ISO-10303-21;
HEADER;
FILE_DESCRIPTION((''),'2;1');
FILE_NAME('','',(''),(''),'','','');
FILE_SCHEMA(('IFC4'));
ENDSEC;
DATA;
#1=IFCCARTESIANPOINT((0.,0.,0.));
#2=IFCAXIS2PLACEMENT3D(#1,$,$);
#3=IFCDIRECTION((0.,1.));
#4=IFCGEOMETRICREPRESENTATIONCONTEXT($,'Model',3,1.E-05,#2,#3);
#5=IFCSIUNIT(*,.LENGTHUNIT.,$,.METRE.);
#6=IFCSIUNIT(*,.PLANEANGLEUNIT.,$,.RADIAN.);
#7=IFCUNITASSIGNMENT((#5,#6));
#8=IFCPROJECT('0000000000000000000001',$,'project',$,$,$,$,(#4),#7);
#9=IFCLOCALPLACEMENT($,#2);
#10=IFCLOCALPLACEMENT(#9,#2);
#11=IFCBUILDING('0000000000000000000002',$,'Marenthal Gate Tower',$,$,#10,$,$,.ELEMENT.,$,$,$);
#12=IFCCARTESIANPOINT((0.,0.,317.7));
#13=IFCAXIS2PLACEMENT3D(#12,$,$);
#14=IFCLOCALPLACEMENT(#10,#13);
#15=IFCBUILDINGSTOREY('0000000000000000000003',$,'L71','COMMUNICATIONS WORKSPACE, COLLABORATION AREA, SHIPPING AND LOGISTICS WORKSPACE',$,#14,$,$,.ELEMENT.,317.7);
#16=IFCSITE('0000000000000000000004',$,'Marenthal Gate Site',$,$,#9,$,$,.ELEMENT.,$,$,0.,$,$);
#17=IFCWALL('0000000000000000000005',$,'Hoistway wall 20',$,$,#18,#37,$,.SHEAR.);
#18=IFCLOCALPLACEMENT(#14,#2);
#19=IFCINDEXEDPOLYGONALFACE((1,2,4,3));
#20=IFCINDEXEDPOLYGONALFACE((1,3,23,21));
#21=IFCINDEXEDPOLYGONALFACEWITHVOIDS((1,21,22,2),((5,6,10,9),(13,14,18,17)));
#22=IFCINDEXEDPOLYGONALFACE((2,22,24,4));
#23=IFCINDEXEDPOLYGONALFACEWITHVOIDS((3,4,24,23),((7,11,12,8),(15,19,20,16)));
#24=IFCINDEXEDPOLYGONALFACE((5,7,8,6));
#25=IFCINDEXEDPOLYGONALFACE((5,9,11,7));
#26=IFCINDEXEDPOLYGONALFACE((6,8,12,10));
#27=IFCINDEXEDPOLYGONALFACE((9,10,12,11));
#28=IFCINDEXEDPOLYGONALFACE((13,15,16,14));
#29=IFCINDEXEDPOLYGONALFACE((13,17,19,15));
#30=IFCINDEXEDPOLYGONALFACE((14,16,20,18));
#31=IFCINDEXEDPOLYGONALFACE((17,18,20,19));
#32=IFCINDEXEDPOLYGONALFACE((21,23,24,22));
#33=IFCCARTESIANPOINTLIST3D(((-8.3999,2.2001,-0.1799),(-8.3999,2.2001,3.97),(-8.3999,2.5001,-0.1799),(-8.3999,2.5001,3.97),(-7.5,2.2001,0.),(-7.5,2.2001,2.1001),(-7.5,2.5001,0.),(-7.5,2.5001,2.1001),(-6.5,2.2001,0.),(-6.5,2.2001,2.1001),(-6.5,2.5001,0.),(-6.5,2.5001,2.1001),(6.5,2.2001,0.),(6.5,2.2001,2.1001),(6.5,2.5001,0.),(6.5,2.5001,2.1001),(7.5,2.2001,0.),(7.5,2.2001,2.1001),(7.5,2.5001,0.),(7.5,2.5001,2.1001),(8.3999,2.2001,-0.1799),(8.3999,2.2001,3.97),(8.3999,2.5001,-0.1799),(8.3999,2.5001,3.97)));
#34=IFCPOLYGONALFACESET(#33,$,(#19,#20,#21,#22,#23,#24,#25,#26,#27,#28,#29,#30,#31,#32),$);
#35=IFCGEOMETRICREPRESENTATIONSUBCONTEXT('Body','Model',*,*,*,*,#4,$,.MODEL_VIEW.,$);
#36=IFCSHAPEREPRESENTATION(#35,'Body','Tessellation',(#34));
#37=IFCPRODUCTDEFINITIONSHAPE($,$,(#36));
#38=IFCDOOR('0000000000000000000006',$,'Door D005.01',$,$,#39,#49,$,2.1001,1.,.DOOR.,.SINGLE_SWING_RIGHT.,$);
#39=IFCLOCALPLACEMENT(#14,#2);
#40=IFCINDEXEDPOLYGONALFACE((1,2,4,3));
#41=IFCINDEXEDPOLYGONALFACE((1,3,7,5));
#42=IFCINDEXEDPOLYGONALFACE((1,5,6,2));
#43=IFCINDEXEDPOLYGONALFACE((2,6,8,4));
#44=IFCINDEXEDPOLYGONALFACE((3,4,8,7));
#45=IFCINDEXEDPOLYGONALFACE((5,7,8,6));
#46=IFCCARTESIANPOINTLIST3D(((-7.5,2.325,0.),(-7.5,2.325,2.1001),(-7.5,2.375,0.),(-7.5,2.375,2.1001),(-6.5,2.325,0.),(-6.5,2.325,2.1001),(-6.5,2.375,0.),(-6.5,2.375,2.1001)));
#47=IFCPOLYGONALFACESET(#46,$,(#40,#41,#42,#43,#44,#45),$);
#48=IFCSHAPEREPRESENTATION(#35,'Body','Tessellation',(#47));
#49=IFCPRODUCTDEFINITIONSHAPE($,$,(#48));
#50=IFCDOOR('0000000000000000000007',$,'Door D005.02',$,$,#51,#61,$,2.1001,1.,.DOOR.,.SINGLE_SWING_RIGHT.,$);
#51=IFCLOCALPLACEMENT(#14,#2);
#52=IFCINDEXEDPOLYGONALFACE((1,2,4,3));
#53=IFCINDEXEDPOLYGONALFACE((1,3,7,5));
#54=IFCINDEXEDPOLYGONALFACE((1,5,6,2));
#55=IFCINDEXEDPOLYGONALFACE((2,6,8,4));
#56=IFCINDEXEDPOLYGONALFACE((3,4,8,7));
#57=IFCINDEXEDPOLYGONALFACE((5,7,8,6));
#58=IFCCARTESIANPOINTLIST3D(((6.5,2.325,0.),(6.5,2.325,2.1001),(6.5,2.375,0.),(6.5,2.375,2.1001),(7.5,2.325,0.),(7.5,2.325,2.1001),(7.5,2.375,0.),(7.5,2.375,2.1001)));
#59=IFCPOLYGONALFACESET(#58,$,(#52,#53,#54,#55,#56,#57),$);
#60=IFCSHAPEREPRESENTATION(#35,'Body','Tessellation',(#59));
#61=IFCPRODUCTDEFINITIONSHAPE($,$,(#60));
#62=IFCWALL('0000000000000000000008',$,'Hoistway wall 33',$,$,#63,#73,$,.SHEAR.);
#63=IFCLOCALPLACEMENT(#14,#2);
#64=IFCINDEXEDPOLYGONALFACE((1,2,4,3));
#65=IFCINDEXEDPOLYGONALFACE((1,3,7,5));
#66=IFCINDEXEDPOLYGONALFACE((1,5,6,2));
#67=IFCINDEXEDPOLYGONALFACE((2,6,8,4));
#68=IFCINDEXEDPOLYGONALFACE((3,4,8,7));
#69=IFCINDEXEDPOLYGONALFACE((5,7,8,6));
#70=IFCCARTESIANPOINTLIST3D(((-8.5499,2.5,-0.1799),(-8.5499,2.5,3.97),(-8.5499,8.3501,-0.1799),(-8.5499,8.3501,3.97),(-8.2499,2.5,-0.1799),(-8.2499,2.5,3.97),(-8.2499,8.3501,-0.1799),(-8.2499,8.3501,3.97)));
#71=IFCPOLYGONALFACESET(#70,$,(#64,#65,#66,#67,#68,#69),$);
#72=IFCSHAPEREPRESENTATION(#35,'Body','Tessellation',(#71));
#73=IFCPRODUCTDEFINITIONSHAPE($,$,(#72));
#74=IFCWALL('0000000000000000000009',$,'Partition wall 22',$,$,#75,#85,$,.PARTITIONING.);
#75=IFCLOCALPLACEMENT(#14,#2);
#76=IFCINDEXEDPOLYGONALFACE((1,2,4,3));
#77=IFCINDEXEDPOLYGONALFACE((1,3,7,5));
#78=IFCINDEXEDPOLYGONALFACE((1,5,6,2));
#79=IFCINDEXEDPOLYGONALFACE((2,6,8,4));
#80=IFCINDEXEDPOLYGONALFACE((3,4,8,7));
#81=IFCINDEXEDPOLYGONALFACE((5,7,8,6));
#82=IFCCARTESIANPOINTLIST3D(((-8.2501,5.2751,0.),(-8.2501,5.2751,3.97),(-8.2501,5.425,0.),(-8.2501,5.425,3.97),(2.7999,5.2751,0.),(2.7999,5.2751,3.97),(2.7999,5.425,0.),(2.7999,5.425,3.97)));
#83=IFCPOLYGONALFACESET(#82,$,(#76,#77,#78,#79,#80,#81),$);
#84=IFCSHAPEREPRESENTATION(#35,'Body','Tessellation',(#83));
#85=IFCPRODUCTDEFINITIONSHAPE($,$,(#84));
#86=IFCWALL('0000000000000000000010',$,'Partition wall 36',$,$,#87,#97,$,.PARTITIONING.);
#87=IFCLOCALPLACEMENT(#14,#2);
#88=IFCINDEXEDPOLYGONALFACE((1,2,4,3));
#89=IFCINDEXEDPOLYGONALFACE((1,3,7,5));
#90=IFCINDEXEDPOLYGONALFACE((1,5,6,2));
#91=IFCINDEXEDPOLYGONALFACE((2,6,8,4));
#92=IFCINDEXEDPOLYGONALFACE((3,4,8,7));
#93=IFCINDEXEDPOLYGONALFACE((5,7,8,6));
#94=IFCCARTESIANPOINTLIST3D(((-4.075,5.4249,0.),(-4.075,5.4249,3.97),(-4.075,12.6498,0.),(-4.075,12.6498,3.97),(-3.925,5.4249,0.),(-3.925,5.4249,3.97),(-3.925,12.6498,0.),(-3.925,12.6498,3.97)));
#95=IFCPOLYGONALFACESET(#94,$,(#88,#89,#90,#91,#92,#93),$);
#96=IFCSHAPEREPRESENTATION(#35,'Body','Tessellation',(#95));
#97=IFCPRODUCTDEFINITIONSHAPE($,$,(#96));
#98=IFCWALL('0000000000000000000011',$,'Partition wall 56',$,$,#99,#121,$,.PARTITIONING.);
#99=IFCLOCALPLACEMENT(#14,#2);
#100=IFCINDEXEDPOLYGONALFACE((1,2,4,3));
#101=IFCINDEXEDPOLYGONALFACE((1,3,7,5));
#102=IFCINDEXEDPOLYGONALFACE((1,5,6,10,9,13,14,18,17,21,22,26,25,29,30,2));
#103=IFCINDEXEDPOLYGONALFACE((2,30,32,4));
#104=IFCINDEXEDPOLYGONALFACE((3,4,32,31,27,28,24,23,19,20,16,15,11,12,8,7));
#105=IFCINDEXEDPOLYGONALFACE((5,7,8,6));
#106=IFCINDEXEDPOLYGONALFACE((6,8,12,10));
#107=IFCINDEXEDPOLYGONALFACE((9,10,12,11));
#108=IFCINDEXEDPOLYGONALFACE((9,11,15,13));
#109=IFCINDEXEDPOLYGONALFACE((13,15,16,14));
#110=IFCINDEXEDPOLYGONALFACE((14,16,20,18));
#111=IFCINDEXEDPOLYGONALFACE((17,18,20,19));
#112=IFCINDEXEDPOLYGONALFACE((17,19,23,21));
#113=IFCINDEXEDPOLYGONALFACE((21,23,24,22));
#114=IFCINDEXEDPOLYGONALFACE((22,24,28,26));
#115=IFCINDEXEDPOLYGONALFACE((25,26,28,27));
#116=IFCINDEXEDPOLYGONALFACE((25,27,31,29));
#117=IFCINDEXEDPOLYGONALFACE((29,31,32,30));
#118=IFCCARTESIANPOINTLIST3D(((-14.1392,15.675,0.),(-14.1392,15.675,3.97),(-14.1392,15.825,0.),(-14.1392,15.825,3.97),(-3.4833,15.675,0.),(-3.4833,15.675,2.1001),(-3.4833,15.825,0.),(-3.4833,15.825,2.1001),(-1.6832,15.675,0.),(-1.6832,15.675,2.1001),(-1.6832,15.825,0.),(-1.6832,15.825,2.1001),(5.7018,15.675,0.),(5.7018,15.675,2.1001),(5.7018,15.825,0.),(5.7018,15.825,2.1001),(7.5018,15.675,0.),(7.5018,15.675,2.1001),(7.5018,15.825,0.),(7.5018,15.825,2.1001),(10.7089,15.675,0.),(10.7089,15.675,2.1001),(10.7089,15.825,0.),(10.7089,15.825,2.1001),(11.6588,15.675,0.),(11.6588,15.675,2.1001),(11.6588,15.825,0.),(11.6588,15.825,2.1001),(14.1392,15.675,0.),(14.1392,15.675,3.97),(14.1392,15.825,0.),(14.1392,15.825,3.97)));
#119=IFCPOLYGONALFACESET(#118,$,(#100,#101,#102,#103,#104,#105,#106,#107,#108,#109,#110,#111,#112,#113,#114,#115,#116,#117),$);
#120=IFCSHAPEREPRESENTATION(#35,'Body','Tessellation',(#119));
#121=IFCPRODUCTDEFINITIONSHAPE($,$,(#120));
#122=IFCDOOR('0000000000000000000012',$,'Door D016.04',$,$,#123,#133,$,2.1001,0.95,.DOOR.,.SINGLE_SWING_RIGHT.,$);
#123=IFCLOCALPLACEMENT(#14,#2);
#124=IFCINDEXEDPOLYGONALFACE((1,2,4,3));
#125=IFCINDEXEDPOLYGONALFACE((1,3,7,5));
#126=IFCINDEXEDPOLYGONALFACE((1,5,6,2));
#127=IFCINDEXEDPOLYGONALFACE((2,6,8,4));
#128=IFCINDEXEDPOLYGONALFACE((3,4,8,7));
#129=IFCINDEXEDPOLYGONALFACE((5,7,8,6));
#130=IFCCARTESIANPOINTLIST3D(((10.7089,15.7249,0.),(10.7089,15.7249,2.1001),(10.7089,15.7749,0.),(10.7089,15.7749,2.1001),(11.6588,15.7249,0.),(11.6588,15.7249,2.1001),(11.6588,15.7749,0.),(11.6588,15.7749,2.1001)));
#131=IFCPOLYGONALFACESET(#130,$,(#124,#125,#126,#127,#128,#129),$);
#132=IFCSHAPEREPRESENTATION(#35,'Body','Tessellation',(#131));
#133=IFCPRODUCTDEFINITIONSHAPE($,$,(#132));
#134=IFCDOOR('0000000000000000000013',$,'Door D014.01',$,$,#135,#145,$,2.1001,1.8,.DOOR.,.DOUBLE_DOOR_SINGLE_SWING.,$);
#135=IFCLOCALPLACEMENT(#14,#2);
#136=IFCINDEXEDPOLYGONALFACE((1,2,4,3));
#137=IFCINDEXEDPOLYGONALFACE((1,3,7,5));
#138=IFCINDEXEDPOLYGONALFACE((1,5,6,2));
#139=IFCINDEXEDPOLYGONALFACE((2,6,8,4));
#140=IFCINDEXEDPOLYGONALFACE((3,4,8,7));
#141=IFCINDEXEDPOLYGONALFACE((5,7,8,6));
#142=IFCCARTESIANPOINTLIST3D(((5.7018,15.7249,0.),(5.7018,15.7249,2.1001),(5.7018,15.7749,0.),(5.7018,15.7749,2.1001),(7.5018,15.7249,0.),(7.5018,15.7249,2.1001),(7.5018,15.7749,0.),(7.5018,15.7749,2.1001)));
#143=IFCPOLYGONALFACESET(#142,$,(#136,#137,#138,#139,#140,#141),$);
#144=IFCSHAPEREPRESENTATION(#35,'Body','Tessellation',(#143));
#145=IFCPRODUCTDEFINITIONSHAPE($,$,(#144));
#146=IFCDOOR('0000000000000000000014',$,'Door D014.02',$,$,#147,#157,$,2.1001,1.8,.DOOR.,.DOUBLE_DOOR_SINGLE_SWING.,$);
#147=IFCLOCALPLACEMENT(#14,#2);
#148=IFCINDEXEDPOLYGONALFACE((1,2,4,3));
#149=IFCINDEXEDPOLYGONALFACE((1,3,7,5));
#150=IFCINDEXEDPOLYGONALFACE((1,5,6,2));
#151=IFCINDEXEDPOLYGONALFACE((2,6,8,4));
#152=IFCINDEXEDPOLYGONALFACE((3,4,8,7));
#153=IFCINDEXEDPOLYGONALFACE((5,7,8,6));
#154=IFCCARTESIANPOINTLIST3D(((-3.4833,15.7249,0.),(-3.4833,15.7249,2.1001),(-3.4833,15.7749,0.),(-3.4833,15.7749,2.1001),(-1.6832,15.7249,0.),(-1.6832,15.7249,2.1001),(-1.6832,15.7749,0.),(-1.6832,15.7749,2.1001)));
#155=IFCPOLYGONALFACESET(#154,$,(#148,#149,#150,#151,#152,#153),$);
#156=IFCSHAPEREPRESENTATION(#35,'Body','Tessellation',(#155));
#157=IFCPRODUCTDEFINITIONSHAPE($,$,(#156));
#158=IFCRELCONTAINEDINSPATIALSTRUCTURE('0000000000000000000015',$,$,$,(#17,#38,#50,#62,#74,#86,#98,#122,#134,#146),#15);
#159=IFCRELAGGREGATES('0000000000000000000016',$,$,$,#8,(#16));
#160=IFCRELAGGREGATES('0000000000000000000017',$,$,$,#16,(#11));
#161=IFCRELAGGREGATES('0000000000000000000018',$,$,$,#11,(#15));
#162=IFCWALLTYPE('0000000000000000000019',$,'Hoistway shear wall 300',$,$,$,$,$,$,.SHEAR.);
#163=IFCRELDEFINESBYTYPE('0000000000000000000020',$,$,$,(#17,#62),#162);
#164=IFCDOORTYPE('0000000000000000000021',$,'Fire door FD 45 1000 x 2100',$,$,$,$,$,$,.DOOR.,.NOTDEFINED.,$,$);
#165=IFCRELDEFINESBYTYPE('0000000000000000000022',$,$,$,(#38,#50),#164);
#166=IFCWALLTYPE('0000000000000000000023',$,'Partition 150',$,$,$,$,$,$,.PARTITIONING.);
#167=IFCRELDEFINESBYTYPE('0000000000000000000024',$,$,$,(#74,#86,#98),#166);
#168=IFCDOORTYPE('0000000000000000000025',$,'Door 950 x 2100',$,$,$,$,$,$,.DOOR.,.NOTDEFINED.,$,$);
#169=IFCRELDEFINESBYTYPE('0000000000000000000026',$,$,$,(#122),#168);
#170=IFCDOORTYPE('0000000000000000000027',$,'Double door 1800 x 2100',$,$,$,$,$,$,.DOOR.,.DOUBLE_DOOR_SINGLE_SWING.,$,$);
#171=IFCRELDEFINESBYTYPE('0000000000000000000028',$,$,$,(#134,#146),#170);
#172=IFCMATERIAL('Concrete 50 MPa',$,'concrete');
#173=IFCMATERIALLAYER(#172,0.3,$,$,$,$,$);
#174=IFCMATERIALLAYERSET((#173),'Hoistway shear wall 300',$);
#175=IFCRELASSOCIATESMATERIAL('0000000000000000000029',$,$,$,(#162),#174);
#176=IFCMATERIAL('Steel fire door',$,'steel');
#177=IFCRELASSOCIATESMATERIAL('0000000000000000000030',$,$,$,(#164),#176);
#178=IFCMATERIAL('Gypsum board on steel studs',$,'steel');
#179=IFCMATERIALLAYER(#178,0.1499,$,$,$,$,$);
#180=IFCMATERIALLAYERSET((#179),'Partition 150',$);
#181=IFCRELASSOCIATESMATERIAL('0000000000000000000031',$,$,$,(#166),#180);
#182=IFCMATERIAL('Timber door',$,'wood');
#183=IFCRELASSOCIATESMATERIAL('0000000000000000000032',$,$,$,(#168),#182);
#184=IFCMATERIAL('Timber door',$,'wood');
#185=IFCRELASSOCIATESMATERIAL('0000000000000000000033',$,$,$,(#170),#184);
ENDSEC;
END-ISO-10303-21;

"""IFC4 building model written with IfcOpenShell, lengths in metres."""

from ifc_helpers import new_model, si_unit, direction, frame, frame_2d, origin, place, context, subcontext, project, spatial, rectangle, extrude, material, layer, layer_set, type_object, element, fill, save


model = new_model("IFC4")

# Units and contexts
model_context = context("Model", 3, precision=1e-05, world=origin(), true_north=direction((0.0, 1.0)))
body_context = subcontext(model_context, "Body", "Model", "MODEL_VIEW")
ifc_project = project(units=[si_unit("LENGTHUNIT", "METRE"), si_unit("PLANEANGLEUNIT", "RADIAN")], contexts=[model_context])

# Site, building, storey
site_placement = place(None, origin())
site = spatial("IfcSite", under=ifc_project, at=site_placement, Name="Marenthal Gate Site", CompositionType="ELEMENT", RefElevation=0.0)
building_placement = place(site_placement, origin())
building = spatial("IfcBuilding", under=site, at=building_placement, Name="Marenthal Gate Tower", CompositionType="ELEMENT")
storey_placement = place(building_placement, frame((0.0, 0.0, 317.7)))
storey = spatial("IfcBuildingStorey", under=building, at=storey_placement, Name="L71", Description="COMMUNICATIONS WORKSPACE, COLLABORATION AREA, SHIPPING AND LOGISTICS WORKSPACE", CompositionType="ELEMENT", Elevation=317.7)

# Wall, openings, doors
ifc_material_1 = material(Name="Concrete 50 MPa", Category="concrete")
ifc_layer_1 = layer(ifc_material_1, 0.3)
ifc_layer_set_1 = layer_set([ifc_layer_1], Name="Hoistway shear wall 300")
wall_type_1 = type_object("IfcWallType", Name="Hoistway shear wall 300", PredefinedType="SHEAR", material=ifc_layer_set_1)
wall_1_placement = place(storey_placement, frame((-8.3999, 2.3501, -0.1799), z_axis=(0.0, 0.0, 1.0), x_axis=(1.0, 0.0, 0.0)))
wall_1 = element("IfcWall", 1, at=wall_1_placement, inside=storey, type_object=wall_type_1, Name="Hoistway wall 20", PredefinedType="SHEAR", context=body_context, shape_type="SweptSolid", body=[
    extrude(rectangle(XDim=16.7998, YDim=0.3, at=frame_2d((8.3999, 0.0))), origin(), (0.0, 0.0, 1.0), 4.1499),
])
opening_1_placement = place(wall_1_placement, frame((0.8999, 0.0, 0.1799)))
opening_1 = element("IfcOpeningElement", 2, at=opening_1_placement, cuts=wall_1, PredefinedType="OPENING", context=body_context, shape_type="SweptSolid", body=[
    extrude(rectangle(XDim=1.0, YDim=2.1001, at=frame_2d((0.5, 1.05))), frame((0.0, 0.1602, 0.0), z_axis=(0.0, -1.0, 0.0), x_axis=(1.0, 0.0, 0.0)), (0.0, 0.0, 1.0), 0.3201),
])
opening_2_placement = place(wall_1_placement, frame((14.8999, 0.0, 0.1799)))
opening_2 = element("IfcOpeningElement", 3, at=opening_2_placement, cuts=wall_1, PredefinedType="OPENING", context=body_context, shape_type="SweptSolid", body=[
    extrude(rectangle(XDim=1.0, YDim=2.1001, at=frame_2d((0.5, 1.05))), frame((0.0, 0.1602, 0.0), z_axis=(0.0, -1.0, 0.0), x_axis=(1.0, 0.0, 0.0)), (0.0, 0.0, 1.0), 0.3201),
])
ifc_material_2 = material(Name="Steel fire door", Category="steel")
door_type_1 = type_object("IfcDoorType", Name="Fire door FD 45 1000 x 2100", OperationType="NOTDEFINED", PredefinedType="DOOR", material=ifc_material_2)
door_1_placement = place(opening_1_placement, origin())
door_1 = element("IfcDoor", 4, at=door_1_placement, inside=storey, type_object=door_type_1, Name="Door D005.01", OperationType="SINGLE_SWING_RIGHT", OverallHeight=2.1001, OverallWidth=1.0, PredefinedType="DOOR", context=body_context, shape_type="SweptSolid", body=[
    extrude(rectangle(XDim=1.0, YDim=2.1001, at=frame_2d((0.5, 1.05))), frame((0.0, 0.0249, 0.0), z_axis=(0.0, -1.0, 0.0), x_axis=(1.0, 0.0, 0.0)), (0.0, 0.0, 1.0), 0.05),
])
fill(opening_1, door_1)
door_2_placement = place(opening_2_placement, origin())
door_2 = element("IfcDoor", 5, at=door_2_placement, inside=storey, type_object=door_type_1, Name="Door D005.02", OperationType="SINGLE_SWING_RIGHT", OverallHeight=2.1001, OverallWidth=1.0, PredefinedType="DOOR", context=body_context, shape_type="SweptSolid", body=[
    extrude(rectangle(XDim=1.0, YDim=2.1001, at=frame_2d((0.5, 1.05))), frame((0.0, 0.0249, 0.0), z_axis=(0.0, -1.0, 0.0), x_axis=(1.0, 0.0, 0.0)), (0.0, 0.0, 1.0), 0.05),
])
fill(opening_2, door_2)

# Walls
wall_2_placement = place(storey_placement, frame((-8.3999, 2.5, -0.1799), z_axis=(0.0, 0.0, 1.0), x_axis=(0.0, 1.0, 0.0)))
element("IfcWall", 6, at=wall_2_placement, inside=storey, type_object=wall_type_1, Name="Hoistway wall 33", PredefinedType="SHEAR", context=body_context, shape_type="SweptSolid", body=[
    extrude(rectangle(XDim=5.8501, YDim=0.3, at=frame_2d((2.925, 0.0))), origin(), (0.0, 0.0, 1.0), 4.1499),
])
ifc_material_3 = material(Name="Gypsum board on steel studs", Category="steel")
ifc_layer_2 = layer(ifc_material_3, 0.1499)
ifc_layer_set_2 = layer_set([ifc_layer_2], Name="Partition 150")
wall_type_2 = type_object("IfcWallType", Name="Partition 150", PredefinedType="PARTITIONING", material=ifc_layer_set_2)
wall_3_placement = place(storey_placement, frame((-8.25, 5.3501, 0.0), z_axis=(0.0, 0.0, 1.0), x_axis=(1.0, 0.0, 0.0)))
element("IfcWall", 7, at=wall_3_placement, inside=storey, type_object=wall_type_2, Name="Partition wall 22", PredefinedType="PARTITIONING", context=body_context, shape_type="SweptSolid", body=[
    extrude(rectangle(XDim=11.05, YDim=0.1499, at=frame_2d((5.5249, 0.0))), origin(), (0.0, 0.0, 1.0), 3.97),
])
wall_4_placement = place(storey_placement, frame((-4.0, 5.425, 0.0), z_axis=(0.0, 0.0, 1.0), x_axis=(0.0, 1.0, 0.0)))
element("IfcWall", 8, at=wall_4_placement, inside=storey, type_object=wall_type_2, Name="Partition wall 36", PredefinedType="PARTITIONING", context=body_context, shape_type="SweptSolid", body=[
    extrude(rectangle(XDim=7.2249, YDim=0.1499, at=frame_2d((3.6123, 0.0))), origin(), (0.0, 0.0, 1.0), 3.97),
])

# Wall, openings, doors
wall_5_placement = place(storey_placement, frame((-14.1392, 15.75, 0.0), z_axis=(0.0, 0.0, 1.0), x_axis=(1.0, 0.0, 0.0)))
wall_5 = element("IfcWall", 9, at=wall_5_placement, inside=storey, type_object=wall_type_2, Name="Partition wall 56", PredefinedType="PARTITIONING", context=body_context, shape_type="SweptSolid", body=[
    extrude(rectangle(XDim=28.2783, YDim=0.1499, at=frame_2d((14.1392, 0.0))), origin(), (0.0, 0.0, 1.0), 3.97),
])
opening_3_placement = place(wall_5_placement, frame((24.8479, 0.0, 0.0)))
opening_3 = element("IfcOpeningElement", 10, at=opening_3_placement, cuts=wall_5, PredefinedType="OPENING", context=body_context, shape_type="SweptSolid", body=[
    extrude(rectangle(XDim=0.95, YDim=2.1001, at=frame_2d((0.4751, 1.05))), frame((0.0, 0.085, 0.0), z_axis=(0.0, -1.0, 0.0), x_axis=(1.0, 0.0, 0.0)), (0.0, 0.0, 1.0), 0.1699),
])
opening_4_placement = place(wall_5_placement, frame((19.8411, 0.0, 0.0)))
opening_4 = element("IfcOpeningElement", 11, at=opening_4_placement, cuts=wall_5, PredefinedType="OPENING", context=body_context, shape_type="SweptSolid", body=[
    extrude(rectangle(XDim=1.8, YDim=2.1001, at=frame_2d((0.8999, 1.05))), frame((0.0, 0.085, 0.0), z_axis=(0.0, -1.0, 0.0), x_axis=(1.0, 0.0, 0.0)), (0.0, 0.0, 1.0), 0.1699),
])
opening_5_placement = place(wall_5_placement, frame((10.656, 0.0, 0.0)))
opening_5 = element("IfcOpeningElement", 12, at=opening_5_placement, cuts=wall_5, PredefinedType="OPENING", context=body_context, shape_type="SweptSolid", body=[
    extrude(rectangle(XDim=1.8, YDim=2.1001, at=frame_2d((0.8999, 1.05))), frame((0.0, 0.085, 0.0), z_axis=(0.0, -1.0, 0.0), x_axis=(1.0, 0.0, 0.0)), (0.0, 0.0, 1.0), 0.1699),
])
ifc_material_4 = material(Name="Timber door", Category="wood")
door_type_2 = type_object("IfcDoorType", Name="Door 950 x 2100", OperationType="NOTDEFINED", PredefinedType="DOOR", material=ifc_material_4)
door_3_placement = place(opening_3_placement, origin())
door_3 = element("IfcDoor", 13, at=door_3_placement, inside=storey, type_object=door_type_2, Name="Door D016.04", OperationType="SINGLE_SWING_RIGHT", OverallHeight=2.1001, OverallWidth=0.95, PredefinedType="DOOR", context=body_context, shape_type="SweptSolid", body=[
    extrude(rectangle(XDim=0.95, YDim=2.1001, at=frame_2d((0.4751, 1.05))), frame((0.0, 0.0249, 0.0), z_axis=(0.0, -1.0, 0.0), x_axis=(1.0, 0.0, 0.0)), (0.0, 0.0, 1.0), 0.05),
])
fill(opening_3, door_3)
ifc_material_5 = material(Name="Timber door", Category="wood")
door_type_3 = type_object("IfcDoorType", Name="Double door 1800 x 2100", OperationType="DOUBLE_DOOR_SINGLE_SWING", PredefinedType="DOOR", material=ifc_material_5)
door_4_placement = place(opening_4_placement, origin())
door_4 = element("IfcDoor", 14, at=door_4_placement, inside=storey, type_object=door_type_3, Name="Door D014.01", OperationType="DOUBLE_DOOR_SINGLE_SWING", OverallHeight=2.1001, OverallWidth=1.8, PredefinedType="DOOR", context=body_context, shape_type="SweptSolid", body=[
    extrude(rectangle(XDim=1.8, YDim=2.1001, at=frame_2d((0.8999, 1.05))), frame((0.0, 0.0249, 0.0), z_axis=(0.0, -1.0, 0.0), x_axis=(1.0, 0.0, 0.0)), (0.0, 0.0, 1.0), 0.05),
])
fill(opening_4, door_4)
door_5_placement = place(opening_5_placement, origin())
door_5 = element("IfcDoor", 15, at=door_5_placement, inside=storey, type_object=door_type_3, Name="Door D014.02", OperationType="DOUBLE_DOOR_SINGLE_SWING", OverallHeight=2.1001, OverallWidth=1.8, PredefinedType="DOOR", context=body_context, shape_type="SweptSolid", body=[
    extrude(rectangle(XDim=1.8, YDim=2.1001, at=frame_2d((0.8999, 1.05))), frame((0.0, 0.0249, 0.0), z_axis=(0.0, -1.0, 0.0), x_axis=(1.0, 0.0, 0.0)), (0.0, 0.0, 1.0), 0.05),
])
fill(opening_5, door_5)

save(model, "model.ifc")
